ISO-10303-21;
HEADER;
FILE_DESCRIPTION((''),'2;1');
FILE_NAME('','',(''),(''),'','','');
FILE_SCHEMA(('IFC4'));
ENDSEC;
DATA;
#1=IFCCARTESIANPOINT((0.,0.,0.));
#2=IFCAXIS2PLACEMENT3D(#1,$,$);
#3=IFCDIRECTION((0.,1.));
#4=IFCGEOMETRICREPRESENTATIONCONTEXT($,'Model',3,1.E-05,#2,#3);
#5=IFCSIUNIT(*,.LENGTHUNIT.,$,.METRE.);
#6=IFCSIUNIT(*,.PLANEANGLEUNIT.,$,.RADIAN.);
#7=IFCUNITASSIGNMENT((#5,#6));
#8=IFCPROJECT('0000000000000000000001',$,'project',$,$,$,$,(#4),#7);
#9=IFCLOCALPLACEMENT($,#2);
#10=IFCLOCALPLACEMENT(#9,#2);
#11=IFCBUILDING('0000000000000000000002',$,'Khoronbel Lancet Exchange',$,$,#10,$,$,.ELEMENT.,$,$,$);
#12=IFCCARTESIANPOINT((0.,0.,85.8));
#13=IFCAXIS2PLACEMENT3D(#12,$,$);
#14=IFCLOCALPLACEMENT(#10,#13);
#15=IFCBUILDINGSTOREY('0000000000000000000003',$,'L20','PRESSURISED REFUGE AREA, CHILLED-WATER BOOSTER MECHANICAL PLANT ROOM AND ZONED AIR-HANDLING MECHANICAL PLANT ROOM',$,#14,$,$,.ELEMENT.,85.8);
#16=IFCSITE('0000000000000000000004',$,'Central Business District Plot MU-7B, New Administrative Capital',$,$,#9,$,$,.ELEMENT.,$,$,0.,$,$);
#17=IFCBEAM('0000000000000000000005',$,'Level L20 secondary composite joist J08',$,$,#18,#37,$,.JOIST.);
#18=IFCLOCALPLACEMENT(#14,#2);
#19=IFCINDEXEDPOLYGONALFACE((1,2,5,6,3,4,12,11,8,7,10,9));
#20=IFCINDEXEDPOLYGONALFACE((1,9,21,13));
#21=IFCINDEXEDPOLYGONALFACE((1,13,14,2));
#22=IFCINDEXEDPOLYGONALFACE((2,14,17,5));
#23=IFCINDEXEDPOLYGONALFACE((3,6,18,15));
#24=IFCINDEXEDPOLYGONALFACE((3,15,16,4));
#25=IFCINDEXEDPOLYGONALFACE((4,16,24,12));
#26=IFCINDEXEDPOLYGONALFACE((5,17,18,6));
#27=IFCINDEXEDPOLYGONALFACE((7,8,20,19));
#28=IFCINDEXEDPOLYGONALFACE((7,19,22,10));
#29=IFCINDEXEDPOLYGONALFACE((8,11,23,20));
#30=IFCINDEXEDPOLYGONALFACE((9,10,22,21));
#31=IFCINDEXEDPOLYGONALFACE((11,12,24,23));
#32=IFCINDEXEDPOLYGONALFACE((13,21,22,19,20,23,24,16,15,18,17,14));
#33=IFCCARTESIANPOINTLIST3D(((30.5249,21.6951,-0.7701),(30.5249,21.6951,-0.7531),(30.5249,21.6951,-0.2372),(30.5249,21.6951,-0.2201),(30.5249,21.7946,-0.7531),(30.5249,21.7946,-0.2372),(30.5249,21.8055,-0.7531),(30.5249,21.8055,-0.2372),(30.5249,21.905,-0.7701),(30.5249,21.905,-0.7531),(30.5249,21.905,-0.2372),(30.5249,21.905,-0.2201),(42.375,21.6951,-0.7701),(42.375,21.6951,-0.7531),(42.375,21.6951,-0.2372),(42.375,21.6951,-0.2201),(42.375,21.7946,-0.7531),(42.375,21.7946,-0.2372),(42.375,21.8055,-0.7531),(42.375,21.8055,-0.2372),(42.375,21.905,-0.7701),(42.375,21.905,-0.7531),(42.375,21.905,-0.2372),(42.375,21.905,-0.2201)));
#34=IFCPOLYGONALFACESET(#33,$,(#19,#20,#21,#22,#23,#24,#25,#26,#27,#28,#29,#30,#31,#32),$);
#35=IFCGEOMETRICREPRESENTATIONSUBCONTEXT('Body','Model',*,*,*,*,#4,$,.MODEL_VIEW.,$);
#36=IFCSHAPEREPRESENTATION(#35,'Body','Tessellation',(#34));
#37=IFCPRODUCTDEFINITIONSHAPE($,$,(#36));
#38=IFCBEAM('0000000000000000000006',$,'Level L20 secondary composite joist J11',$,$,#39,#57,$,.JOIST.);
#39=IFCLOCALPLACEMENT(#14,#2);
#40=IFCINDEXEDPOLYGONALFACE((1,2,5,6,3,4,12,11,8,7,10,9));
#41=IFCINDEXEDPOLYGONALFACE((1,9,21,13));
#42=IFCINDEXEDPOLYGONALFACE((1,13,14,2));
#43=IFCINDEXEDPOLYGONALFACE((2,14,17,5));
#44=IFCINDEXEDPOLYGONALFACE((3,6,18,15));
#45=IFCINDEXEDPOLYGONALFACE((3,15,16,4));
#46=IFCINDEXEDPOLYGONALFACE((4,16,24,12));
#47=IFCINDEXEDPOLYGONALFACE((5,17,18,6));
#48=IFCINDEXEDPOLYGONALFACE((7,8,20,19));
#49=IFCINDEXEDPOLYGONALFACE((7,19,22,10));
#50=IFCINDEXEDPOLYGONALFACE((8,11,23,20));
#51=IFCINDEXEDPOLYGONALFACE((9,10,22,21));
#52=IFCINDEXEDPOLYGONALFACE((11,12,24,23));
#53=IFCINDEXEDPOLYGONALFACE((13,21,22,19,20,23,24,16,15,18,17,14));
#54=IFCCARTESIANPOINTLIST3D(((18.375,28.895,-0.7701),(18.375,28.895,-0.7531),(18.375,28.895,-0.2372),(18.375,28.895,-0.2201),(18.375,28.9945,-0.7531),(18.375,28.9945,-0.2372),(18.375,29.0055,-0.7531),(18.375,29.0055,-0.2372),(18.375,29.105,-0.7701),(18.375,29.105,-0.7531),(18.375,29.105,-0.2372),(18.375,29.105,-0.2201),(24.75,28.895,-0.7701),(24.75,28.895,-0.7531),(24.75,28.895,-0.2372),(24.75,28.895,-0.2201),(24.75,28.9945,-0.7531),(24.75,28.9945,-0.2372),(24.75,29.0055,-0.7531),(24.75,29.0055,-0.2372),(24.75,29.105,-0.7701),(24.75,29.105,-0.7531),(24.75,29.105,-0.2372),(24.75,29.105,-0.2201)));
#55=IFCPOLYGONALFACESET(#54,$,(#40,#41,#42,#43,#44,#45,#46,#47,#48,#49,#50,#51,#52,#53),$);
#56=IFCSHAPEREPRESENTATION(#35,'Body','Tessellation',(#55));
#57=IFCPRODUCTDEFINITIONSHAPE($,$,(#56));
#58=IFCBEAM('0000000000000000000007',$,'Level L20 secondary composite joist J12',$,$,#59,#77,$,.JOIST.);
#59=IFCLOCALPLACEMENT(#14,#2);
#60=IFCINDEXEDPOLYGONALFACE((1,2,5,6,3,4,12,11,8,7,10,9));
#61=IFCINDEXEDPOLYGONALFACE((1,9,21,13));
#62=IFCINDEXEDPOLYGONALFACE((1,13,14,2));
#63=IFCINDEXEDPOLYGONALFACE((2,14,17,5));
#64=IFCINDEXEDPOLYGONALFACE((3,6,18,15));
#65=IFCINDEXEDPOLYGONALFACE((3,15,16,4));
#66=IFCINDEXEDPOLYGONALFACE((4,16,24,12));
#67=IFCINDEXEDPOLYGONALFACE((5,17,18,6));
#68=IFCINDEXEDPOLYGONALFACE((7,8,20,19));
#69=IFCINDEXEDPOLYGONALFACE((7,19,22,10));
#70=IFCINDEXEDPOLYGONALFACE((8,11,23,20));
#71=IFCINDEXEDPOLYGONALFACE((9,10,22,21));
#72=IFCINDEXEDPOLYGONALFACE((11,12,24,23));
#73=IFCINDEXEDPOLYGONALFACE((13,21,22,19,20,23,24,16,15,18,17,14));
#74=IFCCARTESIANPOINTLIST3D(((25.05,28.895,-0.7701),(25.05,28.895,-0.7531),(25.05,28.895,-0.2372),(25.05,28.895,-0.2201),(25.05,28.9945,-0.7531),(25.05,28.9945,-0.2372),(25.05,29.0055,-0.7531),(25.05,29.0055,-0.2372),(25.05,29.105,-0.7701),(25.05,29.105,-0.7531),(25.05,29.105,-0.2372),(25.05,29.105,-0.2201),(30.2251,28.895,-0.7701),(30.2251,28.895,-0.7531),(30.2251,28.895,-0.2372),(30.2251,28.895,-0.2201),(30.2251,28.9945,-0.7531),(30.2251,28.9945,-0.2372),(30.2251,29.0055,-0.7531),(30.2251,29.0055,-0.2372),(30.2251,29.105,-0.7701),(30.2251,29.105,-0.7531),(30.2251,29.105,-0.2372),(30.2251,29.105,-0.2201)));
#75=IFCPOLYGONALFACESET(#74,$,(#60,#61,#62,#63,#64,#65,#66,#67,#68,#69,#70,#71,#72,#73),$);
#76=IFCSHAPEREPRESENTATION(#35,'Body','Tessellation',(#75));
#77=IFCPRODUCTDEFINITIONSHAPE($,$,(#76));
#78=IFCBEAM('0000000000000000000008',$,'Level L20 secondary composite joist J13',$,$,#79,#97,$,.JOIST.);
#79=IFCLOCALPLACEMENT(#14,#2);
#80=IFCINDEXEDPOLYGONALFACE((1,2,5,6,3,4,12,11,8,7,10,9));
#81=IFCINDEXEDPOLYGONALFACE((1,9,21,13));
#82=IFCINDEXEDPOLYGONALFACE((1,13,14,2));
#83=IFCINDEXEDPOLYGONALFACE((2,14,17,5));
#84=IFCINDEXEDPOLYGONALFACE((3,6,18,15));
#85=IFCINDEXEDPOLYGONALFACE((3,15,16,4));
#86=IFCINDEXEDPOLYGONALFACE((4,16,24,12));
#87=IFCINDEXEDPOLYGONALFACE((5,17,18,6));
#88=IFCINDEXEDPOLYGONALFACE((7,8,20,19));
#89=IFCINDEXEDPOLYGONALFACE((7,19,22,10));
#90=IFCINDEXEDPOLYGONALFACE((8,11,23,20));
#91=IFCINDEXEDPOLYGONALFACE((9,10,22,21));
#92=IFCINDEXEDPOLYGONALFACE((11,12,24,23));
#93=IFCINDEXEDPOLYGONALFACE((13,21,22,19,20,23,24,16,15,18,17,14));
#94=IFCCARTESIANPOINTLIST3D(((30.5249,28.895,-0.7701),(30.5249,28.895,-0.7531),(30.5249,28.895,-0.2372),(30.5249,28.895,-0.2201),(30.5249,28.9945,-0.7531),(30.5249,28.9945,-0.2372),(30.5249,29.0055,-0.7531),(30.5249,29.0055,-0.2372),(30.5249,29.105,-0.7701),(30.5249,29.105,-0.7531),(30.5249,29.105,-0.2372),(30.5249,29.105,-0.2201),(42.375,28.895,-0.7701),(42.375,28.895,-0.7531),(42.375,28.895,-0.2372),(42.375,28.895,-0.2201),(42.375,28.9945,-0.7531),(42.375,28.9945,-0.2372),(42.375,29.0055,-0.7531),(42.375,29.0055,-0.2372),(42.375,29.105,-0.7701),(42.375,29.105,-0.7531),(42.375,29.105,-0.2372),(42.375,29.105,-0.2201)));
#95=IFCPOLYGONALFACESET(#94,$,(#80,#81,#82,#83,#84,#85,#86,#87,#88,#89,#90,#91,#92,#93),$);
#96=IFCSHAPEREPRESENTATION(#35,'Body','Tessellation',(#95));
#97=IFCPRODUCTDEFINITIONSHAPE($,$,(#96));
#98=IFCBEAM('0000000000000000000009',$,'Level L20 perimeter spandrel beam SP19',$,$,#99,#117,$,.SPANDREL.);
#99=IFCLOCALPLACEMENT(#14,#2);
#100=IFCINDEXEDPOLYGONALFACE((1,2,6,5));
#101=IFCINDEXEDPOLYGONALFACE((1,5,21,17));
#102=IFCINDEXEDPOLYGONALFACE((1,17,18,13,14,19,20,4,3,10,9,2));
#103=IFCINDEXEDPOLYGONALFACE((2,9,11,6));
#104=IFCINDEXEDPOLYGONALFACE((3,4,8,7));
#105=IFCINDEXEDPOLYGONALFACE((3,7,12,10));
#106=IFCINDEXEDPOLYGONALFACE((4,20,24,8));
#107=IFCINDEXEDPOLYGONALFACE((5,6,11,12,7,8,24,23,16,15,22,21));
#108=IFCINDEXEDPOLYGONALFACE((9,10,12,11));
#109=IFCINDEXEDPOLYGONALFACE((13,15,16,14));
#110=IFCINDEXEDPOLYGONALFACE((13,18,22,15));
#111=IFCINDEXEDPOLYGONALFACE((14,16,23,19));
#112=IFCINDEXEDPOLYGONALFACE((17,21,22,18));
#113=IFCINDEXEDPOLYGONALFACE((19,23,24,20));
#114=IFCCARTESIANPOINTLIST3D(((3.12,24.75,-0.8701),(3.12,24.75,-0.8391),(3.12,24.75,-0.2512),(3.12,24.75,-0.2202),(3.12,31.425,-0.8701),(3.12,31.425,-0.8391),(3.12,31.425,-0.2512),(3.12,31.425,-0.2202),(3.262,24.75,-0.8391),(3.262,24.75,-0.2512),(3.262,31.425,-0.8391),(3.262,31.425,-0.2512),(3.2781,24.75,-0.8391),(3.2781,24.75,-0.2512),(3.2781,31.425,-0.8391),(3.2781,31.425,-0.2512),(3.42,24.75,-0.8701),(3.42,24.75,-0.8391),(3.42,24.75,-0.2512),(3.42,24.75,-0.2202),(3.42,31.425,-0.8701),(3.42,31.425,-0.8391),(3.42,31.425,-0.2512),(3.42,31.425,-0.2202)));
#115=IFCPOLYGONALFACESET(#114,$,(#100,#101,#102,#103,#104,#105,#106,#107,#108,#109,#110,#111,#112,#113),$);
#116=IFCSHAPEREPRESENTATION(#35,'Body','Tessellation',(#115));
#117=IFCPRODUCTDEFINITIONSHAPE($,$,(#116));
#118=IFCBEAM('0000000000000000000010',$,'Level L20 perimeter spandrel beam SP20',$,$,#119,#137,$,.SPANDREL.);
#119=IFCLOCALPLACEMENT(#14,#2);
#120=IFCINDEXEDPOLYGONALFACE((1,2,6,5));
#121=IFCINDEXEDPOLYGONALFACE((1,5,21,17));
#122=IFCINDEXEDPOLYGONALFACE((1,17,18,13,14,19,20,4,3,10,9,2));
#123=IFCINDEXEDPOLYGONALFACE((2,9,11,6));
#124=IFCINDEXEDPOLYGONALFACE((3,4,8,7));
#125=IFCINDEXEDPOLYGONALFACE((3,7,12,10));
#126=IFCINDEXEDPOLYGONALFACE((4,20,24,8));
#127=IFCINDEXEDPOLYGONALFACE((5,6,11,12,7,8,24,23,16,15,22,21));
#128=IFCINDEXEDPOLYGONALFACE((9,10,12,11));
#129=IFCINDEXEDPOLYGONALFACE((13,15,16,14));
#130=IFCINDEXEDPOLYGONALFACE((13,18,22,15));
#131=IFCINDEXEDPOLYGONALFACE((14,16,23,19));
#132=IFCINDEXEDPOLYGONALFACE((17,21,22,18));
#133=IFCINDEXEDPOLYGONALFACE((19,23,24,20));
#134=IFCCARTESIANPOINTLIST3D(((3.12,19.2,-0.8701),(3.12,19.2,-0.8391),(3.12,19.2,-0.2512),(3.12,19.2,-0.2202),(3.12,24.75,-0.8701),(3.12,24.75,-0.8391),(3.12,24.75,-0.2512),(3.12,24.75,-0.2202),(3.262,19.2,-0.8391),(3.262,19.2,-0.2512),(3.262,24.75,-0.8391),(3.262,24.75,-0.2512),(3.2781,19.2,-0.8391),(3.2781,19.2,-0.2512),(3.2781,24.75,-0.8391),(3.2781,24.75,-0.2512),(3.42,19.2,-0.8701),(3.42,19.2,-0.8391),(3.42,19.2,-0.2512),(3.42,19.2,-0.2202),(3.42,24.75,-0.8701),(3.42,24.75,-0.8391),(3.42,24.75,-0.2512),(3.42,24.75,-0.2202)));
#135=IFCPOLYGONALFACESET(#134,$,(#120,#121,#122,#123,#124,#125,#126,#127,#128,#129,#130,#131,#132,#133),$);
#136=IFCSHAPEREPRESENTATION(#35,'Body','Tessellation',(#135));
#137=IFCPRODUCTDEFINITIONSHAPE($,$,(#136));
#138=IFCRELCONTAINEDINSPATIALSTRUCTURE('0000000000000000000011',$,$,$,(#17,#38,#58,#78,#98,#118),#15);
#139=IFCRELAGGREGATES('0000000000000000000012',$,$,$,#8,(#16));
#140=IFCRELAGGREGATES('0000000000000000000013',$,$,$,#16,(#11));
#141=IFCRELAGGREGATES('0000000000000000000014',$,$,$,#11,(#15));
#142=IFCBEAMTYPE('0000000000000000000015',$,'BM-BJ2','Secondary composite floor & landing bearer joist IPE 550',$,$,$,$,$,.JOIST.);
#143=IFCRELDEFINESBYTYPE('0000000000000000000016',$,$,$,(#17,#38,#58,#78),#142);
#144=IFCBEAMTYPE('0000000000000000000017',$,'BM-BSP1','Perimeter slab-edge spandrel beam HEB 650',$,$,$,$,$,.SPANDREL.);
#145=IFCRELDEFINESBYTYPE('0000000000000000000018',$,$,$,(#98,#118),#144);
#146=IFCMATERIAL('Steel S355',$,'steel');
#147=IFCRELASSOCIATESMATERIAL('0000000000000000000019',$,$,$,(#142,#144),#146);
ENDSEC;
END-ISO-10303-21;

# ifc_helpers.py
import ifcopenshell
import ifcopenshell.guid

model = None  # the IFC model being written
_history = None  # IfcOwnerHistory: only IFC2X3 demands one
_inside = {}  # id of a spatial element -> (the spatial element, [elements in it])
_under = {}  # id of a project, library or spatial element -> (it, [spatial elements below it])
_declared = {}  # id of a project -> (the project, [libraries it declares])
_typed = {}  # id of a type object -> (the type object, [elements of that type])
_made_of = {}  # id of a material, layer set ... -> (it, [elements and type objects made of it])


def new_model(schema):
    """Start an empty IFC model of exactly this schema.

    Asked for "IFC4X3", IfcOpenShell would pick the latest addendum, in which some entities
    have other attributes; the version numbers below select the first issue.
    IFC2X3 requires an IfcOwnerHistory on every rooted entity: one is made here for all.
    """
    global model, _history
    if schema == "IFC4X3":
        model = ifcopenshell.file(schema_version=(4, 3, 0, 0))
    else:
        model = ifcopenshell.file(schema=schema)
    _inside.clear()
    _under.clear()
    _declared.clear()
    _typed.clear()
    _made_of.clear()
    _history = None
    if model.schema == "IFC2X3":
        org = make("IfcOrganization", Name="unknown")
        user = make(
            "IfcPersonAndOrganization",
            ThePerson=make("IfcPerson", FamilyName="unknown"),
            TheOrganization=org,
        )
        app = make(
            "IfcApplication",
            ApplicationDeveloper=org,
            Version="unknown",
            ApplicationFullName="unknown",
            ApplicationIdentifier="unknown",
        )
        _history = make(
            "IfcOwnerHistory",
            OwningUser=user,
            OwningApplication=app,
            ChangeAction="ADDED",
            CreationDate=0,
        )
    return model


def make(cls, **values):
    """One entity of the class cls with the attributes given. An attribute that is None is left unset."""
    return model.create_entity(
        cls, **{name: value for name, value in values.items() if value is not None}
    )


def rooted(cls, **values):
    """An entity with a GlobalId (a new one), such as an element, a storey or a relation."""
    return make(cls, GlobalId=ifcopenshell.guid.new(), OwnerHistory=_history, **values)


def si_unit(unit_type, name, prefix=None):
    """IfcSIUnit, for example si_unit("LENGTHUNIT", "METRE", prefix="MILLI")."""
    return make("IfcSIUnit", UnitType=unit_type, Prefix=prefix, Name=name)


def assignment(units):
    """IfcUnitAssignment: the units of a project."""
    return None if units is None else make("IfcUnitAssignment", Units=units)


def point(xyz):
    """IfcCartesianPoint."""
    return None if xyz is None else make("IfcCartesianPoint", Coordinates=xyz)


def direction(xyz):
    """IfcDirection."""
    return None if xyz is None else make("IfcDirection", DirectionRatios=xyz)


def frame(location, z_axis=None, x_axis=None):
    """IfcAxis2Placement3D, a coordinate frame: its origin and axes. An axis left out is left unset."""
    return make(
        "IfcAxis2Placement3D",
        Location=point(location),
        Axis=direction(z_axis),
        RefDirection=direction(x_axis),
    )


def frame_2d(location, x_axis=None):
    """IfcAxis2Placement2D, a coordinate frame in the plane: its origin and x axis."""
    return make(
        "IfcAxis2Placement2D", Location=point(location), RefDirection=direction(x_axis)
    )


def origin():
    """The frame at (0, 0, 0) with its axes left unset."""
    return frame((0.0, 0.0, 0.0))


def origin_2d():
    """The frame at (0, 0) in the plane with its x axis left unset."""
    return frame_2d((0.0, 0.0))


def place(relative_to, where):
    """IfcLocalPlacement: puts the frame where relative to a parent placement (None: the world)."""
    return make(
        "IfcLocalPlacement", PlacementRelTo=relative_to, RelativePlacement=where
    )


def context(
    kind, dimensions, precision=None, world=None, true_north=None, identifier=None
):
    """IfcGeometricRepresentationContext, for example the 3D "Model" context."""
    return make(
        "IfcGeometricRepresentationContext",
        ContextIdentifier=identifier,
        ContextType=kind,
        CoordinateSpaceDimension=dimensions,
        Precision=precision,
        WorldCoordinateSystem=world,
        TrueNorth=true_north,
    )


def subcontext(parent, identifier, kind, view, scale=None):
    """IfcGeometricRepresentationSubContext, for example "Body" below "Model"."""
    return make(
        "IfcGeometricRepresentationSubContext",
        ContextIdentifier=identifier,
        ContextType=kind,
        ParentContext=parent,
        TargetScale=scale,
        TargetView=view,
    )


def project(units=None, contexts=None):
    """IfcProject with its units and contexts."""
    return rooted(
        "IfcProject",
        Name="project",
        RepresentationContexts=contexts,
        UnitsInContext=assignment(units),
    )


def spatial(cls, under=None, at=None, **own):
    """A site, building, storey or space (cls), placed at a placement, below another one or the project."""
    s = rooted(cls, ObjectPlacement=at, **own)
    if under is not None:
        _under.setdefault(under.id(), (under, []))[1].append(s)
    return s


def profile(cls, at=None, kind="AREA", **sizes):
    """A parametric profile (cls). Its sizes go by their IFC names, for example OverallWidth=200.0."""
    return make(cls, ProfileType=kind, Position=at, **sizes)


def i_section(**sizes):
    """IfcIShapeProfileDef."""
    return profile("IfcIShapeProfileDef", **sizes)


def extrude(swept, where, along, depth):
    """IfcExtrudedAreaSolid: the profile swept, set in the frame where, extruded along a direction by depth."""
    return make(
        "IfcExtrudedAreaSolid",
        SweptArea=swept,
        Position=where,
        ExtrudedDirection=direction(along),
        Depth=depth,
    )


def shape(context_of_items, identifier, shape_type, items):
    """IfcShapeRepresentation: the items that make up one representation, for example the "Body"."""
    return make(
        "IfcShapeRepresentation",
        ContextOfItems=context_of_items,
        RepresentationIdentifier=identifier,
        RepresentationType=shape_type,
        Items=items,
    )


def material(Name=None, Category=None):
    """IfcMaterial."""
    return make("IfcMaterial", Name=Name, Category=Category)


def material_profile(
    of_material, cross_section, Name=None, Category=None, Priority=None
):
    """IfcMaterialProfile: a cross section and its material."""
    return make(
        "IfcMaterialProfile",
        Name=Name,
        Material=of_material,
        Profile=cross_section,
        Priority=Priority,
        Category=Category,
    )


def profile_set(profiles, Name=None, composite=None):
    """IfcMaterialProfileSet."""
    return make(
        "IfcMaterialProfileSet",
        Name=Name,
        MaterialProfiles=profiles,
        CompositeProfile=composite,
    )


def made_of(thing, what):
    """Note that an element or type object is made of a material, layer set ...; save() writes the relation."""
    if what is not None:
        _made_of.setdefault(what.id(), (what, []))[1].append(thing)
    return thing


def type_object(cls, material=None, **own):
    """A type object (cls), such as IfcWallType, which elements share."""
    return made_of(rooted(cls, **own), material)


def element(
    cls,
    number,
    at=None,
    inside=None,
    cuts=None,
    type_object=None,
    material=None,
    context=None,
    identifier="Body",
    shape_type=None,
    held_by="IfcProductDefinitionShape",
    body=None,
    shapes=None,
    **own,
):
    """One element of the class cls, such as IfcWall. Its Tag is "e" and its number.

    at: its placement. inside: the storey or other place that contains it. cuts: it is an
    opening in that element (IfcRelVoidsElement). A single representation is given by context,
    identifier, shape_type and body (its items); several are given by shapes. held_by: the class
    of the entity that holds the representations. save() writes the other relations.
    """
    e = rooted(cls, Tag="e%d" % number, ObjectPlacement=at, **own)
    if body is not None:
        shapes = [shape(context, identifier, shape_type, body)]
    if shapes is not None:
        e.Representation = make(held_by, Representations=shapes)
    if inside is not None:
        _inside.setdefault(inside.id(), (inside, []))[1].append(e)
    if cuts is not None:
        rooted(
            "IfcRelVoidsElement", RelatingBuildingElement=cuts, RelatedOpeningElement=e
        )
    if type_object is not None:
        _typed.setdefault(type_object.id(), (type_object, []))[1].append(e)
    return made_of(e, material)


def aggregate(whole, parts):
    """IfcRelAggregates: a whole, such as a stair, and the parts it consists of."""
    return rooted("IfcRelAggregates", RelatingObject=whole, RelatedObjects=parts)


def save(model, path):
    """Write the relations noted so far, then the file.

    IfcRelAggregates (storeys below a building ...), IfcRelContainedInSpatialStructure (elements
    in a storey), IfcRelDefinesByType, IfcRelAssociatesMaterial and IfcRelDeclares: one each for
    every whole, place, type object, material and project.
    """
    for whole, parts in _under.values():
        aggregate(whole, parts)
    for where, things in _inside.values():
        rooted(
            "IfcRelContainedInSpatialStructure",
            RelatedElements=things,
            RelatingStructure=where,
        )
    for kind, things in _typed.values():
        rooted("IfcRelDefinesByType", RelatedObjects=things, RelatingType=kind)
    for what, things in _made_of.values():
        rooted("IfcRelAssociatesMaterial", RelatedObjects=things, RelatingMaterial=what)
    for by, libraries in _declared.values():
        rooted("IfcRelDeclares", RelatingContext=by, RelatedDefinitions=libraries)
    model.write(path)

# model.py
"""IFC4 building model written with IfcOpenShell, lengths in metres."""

from ifc_helpers import new_model, si_unit, direction, frame, origin, origin_2d, place, context, subcontext, project, spatial, i_section, extrude, material, material_profile, profile_set, type_object, element, save


model = new_model("IFC4")

# Units and contexts
model_context = context("Model", 3, precision=1e-05, world=origin(), true_north=direction((0.0, 1.0)))
body_context = subcontext(model_context, "Body", "Model", "MODEL_VIEW")
ifc_project = project(units=[si_unit("LENGTHUNIT", "METRE"), si_unit("PLANEANGLEUNIT", "RADIAN")], contexts=[model_context])

# Site, building, storey
site_placement = place(None, origin())
site = spatial("IfcSite", under=ifc_project, at=site_placement, Name="Central Business District Plot MU-7B, New Administrative Capital", CompositionType="ELEMENT", RefElevation=0.0)
building_placement = place(site_placement, origin())
building = spatial("IfcBuilding", under=site, at=building_placement, Name="Khoronbel Lancet Exchange", CompositionType="ELEMENT")
storey_placement = place(building_placement, frame((0.0, 0.0, 85.8)))
storey = spatial("IfcBuildingStorey", under=building, at=storey_placement, Name="L20", Description="PRESSURISED REFUGE AREA, CHILLED-WATER BOOSTER MECHANICAL PLANT ROOM AND ZONED AIR-HANDLING MECHANICAL PLANT ROOM", CompositionType="ELEMENT", Elevation=85.8)

# Shared definitions
ifc_material_1 = material(Name="Steel S355", Category="steel")

# Beams
ifc_material_profile_1 = material_profile(ifc_material_1, i_section(OverallWidth=0.21, OverallDepth=0.55, WebThickness=0.011, FlangeThickness=0.0171, at=origin_2d()), Name="IPE 550")
ifc_profile_set_1 = profile_set([ifc_material_profile_1], Name="Steel S355")
beam_type_1 = type_object("IfcBeamType", Name="BM-BJ2", Description="Secondary composite floor & landing bearer joist IPE 550", PredefinedType="JOIST", material=ifc_profile_set_1)
beam_1_placement = place(storey_placement, frame((30.5249, 21.8, -0.4951), z_axis=(1.0, 0.0, 0.0), x_axis=(0.0, 1.0, 0.0)))
element("IfcBeam", 1, at=beam_1_placement, inside=storey, type_object=beam_type_1, Name="Level L20 secondary composite joist J08", PredefinedType="JOIST", context=body_context, shape_type="SweptSolid", body=[
    extrude(i_section(OverallWidth=0.21, OverallDepth=0.55, WebThickness=0.011, FlangeThickness=0.0171, at=origin_2d()), origin(), (0.0, 0.0, 1.0), 11.8501),
])
beam_2_placement = place(storey_placement, frame((18.375, 29.0, -0.4951), z_axis=(1.0, 0.0, 0.0), x_axis=(0.0, 1.0, 0.0)))
element("IfcBeam", 2, at=beam_2_placement, inside=storey, type_object=beam_type_1, Name="Level L20 secondary composite joist J11", PredefinedType="JOIST", context=body_context, shape_type="SweptSolid", body=[
    extrude(i_section(OverallWidth=0.21, OverallDepth=0.55, WebThickness=0.011, FlangeThickness=0.0171, at=origin_2d()), origin(), (0.0, 0.0, 1.0), 6.375),
])
beam_3_placement = place(storey_placement, frame((25.05, 29.0, -0.4951), z_axis=(1.0, 0.0, 0.0), x_axis=(0.0, 1.0, 0.0)))
element("IfcBeam", 3, at=beam_3_placement, inside=storey, type_object=beam_type_1, Name="Level L20 secondary composite joist J12", PredefinedType="JOIST", context=body_context, shape_type="SweptSolid", body=[
    extrude(i_section(OverallWidth=0.21, OverallDepth=0.55, WebThickness=0.011, FlangeThickness=0.0171, at=origin_2d()), origin(), (0.0, 0.0, 1.0), 5.175),
])
beam_4_placement = place(storey_placement, frame((30.5249, 29.0, -0.4951), z_axis=(1.0, 0.0, 0.0), x_axis=(0.0, 1.0, 0.0)))
element("IfcBeam", 4, at=beam_4_placement, inside=storey, type_object=beam_type_1, Name="Level L20 secondary composite joist J13", PredefinedType="JOIST", context=body_context, shape_type="SweptSolid", body=[
    extrude(i_section(OverallWidth=0.21, OverallDepth=0.55, WebThickness=0.011, FlangeThickness=0.0171, at=origin_2d()), origin(), (0.0, 0.0, 1.0), 11.8501),
])
ifc_material_profile_2 = material_profile(ifc_material_1, i_section(OverallWidth=0.3, OverallDepth=0.6499, WebThickness=0.0161, FlangeThickness=0.031, at=origin_2d()), Name="HEB 650")
ifc_profile_set_2 = profile_set([ifc_material_profile_2], Name="Steel S355")
beam_type_2 = type_object("IfcBeamType", Name="BM-BSP1", Description="Perimeter slab-edge spandrel beam HEB 650", PredefinedType="SPANDREL", material=ifc_profile_set_2)
beam_5_placement = place(storey_placement, frame((3.27, 31.425, -0.5452), z_axis=(0.0, -1.0, 0.0), x_axis=(1.0, 0.0, 0.0)))
element("IfcBeam", 5, at=beam_5_placement, inside=storey, type_object=beam_type_2, Name="Level L20 perimeter spandrel beam SP19", PredefinedType="SPANDREL", context=body_context, shape_type="SweptSolid", body=[
    extrude(i_section(OverallWidth=0.3, OverallDepth=0.6499, WebThickness=0.0161, FlangeThickness=0.031, at=origin_2d()), origin(), (0.0, 0.0, 1.0), 6.675),
])
beam_6_placement = place(storey_placement, frame((3.27, 24.75, -0.5452), z_axis=(0.0, -1.0, 0.0), x_axis=(1.0, 0.0, 0.0)))
element("IfcBeam", 6, at=beam_6_placement, inside=storey, type_object=beam_type_2, Name="Level L20 perimeter spandrel beam SP20", PredefinedType="SPANDREL", context=body_context, shape_type="SweptSolid", body=[
    extrude(i_section(OverallWidth=0.3, OverallDepth=0.6499, WebThickness=0.0161, FlangeThickness=0.031, at=origin_2d()), origin(), (0.0, 0.0, 1.0), 5.55),
])

save(model, "model.ifc")
